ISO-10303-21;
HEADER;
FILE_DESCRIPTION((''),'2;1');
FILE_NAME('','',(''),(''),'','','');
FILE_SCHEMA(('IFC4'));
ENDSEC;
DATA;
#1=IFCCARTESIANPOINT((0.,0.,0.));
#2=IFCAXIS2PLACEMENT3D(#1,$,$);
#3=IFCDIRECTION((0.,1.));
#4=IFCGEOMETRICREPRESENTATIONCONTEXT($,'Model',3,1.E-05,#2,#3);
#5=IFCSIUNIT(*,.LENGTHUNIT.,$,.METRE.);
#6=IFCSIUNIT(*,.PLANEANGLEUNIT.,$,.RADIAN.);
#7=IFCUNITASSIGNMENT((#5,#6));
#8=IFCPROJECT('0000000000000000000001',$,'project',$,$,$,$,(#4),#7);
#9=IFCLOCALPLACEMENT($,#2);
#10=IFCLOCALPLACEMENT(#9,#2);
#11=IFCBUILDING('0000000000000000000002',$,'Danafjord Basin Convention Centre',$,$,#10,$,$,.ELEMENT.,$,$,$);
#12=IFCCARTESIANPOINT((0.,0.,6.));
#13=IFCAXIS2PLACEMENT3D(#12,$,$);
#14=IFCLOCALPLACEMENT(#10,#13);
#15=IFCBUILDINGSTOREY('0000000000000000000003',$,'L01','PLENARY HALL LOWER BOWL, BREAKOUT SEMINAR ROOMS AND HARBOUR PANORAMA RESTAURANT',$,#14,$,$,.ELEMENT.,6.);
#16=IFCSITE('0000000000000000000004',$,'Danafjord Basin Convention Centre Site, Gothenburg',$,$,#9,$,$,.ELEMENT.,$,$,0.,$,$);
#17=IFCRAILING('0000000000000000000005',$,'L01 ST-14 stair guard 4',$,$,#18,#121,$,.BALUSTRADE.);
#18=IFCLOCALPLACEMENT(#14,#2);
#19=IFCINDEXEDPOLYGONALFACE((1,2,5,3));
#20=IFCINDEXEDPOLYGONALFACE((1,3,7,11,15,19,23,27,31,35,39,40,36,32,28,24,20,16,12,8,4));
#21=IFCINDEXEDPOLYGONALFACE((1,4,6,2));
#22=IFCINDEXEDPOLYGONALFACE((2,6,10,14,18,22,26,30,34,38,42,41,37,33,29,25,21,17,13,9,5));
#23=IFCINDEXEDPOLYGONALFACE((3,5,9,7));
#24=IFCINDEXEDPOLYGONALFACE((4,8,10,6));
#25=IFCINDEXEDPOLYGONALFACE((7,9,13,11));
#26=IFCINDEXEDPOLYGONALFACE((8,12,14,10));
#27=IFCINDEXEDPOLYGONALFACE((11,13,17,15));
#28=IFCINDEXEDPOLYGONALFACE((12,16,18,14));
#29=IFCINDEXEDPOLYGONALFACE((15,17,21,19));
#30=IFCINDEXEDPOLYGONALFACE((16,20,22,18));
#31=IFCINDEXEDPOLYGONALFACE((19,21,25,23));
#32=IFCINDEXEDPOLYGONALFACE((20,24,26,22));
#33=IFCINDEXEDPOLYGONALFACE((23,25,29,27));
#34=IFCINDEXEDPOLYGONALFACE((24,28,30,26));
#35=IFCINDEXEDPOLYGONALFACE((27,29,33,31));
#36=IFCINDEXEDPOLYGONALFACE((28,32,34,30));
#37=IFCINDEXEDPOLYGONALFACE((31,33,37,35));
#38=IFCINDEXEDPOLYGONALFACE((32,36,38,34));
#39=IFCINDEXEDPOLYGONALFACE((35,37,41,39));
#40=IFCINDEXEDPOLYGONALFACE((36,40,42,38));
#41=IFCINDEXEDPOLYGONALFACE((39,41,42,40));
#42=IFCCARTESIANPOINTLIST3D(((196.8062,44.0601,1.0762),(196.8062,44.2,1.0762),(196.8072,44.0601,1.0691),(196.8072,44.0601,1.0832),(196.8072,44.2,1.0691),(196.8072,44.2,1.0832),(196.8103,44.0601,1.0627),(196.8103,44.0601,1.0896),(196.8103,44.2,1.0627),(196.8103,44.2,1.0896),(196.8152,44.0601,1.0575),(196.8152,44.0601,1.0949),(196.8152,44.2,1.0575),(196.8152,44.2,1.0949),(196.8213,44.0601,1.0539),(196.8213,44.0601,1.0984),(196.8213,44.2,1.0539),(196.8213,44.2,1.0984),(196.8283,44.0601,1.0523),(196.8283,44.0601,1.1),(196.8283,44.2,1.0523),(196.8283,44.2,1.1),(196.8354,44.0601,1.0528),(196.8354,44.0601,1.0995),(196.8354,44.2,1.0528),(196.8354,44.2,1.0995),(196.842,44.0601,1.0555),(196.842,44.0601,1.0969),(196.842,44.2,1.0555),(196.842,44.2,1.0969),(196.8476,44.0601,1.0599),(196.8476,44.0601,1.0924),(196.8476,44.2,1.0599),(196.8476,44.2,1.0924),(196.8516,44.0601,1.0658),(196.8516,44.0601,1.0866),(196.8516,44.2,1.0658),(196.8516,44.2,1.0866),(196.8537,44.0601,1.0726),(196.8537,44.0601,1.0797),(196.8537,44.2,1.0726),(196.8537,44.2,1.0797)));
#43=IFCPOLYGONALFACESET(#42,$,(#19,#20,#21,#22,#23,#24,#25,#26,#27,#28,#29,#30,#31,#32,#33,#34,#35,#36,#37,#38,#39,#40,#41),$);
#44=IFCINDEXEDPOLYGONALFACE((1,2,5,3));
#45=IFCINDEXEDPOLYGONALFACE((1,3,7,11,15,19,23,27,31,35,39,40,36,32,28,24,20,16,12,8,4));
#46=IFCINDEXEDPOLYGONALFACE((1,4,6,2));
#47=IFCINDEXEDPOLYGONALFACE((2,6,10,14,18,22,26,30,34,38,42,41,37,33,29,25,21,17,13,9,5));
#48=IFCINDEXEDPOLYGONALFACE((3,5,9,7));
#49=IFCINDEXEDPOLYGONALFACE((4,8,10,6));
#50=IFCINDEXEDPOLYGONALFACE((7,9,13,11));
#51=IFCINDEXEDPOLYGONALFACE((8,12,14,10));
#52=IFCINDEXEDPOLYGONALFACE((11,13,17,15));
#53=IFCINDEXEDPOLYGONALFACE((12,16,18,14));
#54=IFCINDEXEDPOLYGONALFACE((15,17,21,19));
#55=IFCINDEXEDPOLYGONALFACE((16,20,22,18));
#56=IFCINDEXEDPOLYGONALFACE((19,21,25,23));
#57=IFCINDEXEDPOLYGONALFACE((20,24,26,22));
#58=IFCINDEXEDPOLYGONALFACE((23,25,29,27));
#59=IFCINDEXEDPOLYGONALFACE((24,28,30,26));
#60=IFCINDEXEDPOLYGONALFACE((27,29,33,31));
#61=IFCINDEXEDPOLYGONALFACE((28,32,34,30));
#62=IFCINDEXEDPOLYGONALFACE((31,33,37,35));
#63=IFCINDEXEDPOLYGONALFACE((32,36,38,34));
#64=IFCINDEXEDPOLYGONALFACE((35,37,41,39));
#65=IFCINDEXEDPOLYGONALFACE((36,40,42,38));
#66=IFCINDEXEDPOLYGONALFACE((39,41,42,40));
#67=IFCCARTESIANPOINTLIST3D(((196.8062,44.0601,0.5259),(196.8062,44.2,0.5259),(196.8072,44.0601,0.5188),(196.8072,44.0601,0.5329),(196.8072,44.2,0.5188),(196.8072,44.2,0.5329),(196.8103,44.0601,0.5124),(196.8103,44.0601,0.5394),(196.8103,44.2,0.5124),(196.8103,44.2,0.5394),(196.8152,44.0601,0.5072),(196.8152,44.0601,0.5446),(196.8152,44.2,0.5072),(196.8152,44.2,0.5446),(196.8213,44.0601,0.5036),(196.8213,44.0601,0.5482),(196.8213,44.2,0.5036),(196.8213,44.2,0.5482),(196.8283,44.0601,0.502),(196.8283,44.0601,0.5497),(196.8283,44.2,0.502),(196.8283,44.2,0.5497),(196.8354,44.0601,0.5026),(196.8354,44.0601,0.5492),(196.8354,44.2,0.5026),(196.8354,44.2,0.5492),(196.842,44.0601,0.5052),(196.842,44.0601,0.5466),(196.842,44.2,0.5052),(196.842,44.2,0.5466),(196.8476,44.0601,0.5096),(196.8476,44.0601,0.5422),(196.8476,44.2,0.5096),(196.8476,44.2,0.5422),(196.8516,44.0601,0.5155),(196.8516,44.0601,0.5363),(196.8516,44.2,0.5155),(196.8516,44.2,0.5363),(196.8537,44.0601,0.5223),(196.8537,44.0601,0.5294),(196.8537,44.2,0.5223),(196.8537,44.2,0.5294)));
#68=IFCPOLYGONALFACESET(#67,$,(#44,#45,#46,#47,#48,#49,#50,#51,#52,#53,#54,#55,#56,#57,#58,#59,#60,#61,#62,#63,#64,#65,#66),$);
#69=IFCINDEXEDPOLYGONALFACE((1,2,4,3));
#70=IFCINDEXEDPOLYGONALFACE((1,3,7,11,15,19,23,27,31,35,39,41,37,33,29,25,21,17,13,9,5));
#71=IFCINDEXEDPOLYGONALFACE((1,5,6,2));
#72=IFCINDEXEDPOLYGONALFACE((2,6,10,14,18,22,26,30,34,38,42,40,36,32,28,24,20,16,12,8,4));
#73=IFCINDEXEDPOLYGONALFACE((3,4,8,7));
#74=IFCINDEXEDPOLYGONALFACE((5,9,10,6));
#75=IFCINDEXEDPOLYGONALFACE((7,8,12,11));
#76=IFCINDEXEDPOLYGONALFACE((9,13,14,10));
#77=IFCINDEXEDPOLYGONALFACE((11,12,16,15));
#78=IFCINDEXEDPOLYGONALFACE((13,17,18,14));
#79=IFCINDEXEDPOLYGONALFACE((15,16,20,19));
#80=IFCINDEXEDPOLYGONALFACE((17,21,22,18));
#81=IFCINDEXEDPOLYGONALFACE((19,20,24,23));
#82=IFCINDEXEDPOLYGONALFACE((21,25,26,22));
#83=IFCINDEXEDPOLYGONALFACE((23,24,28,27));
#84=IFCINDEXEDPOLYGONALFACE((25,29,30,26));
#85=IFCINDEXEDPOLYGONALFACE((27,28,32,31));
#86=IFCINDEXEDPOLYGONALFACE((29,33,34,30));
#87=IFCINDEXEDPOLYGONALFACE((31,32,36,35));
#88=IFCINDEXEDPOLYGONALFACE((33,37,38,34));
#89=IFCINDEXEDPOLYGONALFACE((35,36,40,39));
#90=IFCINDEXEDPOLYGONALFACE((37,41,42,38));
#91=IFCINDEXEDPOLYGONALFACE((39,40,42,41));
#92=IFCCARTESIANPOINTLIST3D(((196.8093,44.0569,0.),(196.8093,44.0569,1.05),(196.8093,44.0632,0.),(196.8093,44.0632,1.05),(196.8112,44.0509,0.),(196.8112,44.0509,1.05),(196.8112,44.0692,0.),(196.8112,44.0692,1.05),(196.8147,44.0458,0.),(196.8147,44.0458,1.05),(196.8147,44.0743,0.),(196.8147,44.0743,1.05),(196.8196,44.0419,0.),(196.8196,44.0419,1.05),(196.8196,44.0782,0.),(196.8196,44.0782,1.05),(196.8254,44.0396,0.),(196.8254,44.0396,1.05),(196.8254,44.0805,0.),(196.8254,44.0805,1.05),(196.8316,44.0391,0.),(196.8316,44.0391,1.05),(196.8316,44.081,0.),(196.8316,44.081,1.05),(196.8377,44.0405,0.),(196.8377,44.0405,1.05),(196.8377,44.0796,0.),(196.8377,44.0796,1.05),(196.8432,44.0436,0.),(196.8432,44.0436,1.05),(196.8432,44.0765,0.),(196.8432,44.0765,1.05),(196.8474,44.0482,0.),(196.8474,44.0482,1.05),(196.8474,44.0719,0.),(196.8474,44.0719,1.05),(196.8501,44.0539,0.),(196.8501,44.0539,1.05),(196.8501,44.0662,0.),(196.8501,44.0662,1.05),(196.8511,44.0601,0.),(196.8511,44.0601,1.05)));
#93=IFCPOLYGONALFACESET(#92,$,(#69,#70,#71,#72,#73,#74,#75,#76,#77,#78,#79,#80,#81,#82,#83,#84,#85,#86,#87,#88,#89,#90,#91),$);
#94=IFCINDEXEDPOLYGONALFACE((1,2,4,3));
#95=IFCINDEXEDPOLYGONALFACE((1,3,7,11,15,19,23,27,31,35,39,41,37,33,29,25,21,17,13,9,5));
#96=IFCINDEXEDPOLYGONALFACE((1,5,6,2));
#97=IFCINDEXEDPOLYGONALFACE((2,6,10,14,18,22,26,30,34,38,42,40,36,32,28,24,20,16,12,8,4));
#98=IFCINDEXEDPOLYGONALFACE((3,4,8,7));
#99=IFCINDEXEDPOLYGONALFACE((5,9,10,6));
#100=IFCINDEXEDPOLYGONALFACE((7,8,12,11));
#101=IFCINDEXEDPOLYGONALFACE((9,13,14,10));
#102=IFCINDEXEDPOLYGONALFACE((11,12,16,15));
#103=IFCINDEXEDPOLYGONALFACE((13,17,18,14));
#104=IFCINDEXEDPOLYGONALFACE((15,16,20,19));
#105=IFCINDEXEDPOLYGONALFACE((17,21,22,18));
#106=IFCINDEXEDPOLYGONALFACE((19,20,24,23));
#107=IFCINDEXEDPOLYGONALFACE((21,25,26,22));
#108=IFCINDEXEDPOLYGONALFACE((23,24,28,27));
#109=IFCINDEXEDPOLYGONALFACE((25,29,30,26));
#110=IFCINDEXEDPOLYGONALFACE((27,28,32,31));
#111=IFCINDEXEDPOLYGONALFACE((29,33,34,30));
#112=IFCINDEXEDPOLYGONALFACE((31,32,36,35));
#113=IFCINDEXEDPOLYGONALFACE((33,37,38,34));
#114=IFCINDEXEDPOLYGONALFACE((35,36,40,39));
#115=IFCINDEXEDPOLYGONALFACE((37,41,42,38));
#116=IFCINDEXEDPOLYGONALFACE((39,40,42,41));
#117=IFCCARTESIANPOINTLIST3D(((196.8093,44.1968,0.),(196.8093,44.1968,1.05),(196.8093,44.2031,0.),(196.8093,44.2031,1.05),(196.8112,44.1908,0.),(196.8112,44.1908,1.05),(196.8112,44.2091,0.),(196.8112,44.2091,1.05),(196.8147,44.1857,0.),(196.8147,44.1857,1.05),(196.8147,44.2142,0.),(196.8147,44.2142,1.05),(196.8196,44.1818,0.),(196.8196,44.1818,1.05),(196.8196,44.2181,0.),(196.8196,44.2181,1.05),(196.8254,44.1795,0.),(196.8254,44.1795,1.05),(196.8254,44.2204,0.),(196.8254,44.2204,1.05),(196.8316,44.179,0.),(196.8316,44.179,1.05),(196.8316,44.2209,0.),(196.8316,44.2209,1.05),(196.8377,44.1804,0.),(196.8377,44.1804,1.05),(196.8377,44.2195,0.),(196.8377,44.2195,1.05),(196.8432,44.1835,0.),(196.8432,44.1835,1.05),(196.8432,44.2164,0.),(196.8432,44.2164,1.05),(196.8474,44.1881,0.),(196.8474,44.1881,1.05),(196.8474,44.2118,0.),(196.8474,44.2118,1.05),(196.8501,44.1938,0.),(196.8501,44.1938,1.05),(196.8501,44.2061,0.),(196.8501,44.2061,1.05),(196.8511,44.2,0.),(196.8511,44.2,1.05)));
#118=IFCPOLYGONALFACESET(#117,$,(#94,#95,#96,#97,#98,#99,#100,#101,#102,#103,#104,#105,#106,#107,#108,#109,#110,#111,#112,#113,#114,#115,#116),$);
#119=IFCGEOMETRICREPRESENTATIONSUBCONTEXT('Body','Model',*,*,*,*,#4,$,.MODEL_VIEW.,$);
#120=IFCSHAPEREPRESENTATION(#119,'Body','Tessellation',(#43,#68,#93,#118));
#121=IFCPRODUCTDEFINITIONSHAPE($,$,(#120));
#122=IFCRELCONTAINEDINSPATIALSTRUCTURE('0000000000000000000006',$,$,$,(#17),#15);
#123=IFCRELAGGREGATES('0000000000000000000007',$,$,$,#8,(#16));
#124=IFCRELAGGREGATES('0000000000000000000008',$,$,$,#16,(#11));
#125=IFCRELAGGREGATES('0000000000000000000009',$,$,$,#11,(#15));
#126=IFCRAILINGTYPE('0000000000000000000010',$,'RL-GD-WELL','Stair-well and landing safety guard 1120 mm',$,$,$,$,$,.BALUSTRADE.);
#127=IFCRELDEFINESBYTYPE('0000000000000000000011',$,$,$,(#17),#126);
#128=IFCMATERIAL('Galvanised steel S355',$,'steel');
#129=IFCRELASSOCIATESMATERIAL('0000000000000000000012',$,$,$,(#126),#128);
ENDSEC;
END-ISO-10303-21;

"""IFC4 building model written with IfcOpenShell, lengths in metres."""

from ifc_helpers import new_model, si_unit, direction, frame, origin, origin_2d, place, context, subcontext, project, spatial, circle, extrude, material, type_object, element, save


model = new_model("IFC4")

# Units and contexts
model_context = context("Model", 3, precision=1e-05, world=origin(), true_north=direction((0.0, 1.0)))
body_context = subcontext(model_context, "Body", "Model", "MODEL_VIEW")
ifc_project = project(units=[si_unit("LENGTHUNIT", "METRE"), si_unit("PLANEANGLEUNIT", "RADIAN")], contexts=[model_context])

# Site, building, storey
site_placement = place(None, origin())
site = spatial("IfcSite", under=ifc_project, at=site_placement, Name="Danafjord Basin Convention Centre Site, Gothenburg", CompositionType="ELEMENT", RefElevation=0.0)
building_placement = place(site_placement, origin())
building = spatial("IfcBuilding", under=site, at=building_placement, Name="Danafjord Basin Convention Centre", CompositionType="ELEMENT")
storey_placement = place(building_placement, frame((0.0, 0.0, 6.0)))
storey = spatial("IfcBuildingStorey", under=building, at=storey_placement, Name="L01", Description="PLENARY HALL LOWER BOWL, BREAKOUT SEMINAR ROOMS AND HARBOUR PANORAMA RESTAURANT", CompositionType="ELEMENT", Elevation=6.0)

# Railing
ifc_material_1 = material(Name="Galvanised steel S355", Category="steel")
railing_type_1 = type_object("IfcRailingType", Name="RL-GD-WELL", Description="Stair-well and landing safety guard 1120 mm", PredefinedType="BALUSTRADE", material=ifc_material_1)
railing_1_placement = place(storey_placement, frame((196.8301, 44.0601, 0.0)))
element("IfcRailing", 1, at=railing_1_placement, inside=storey, type_object=railing_type_1, Name="L01 ST-14 stair guard 4", PredefinedType="BALUSTRADE", context=body_context, shape_type="SweptSolid", body=[
    extrude(circle(Radius=0.0239, at=origin_2d()), frame((0.0, 0.0, 1.0762), z_axis=(0.0, 1.0, 0.0), x_axis=(-1.0, 0.0, 0.0)), (0.0, 0.0, 1.0), 0.1399),
    extrude(circle(Radius=0.0239, at=origin_2d()), frame((0.0, 0.0, 0.5259), z_axis=(0.0, 1.0, 0.0), x_axis=(-1.0, 0.0, 0.0)), (0.0, 0.0, 1.0), 0.1399),
    extrude(circle(Radius=0.021, at=origin_2d()), origin(), (0.0, 0.0, 1.0), 1.05),
    extrude(circle(Radius=0.021, at=origin_2d()), frame((0.0, 0.1399, 0.0)), (0.0, 0.0, 1.0), 1.05),
])

save(model, "model.ifc")
